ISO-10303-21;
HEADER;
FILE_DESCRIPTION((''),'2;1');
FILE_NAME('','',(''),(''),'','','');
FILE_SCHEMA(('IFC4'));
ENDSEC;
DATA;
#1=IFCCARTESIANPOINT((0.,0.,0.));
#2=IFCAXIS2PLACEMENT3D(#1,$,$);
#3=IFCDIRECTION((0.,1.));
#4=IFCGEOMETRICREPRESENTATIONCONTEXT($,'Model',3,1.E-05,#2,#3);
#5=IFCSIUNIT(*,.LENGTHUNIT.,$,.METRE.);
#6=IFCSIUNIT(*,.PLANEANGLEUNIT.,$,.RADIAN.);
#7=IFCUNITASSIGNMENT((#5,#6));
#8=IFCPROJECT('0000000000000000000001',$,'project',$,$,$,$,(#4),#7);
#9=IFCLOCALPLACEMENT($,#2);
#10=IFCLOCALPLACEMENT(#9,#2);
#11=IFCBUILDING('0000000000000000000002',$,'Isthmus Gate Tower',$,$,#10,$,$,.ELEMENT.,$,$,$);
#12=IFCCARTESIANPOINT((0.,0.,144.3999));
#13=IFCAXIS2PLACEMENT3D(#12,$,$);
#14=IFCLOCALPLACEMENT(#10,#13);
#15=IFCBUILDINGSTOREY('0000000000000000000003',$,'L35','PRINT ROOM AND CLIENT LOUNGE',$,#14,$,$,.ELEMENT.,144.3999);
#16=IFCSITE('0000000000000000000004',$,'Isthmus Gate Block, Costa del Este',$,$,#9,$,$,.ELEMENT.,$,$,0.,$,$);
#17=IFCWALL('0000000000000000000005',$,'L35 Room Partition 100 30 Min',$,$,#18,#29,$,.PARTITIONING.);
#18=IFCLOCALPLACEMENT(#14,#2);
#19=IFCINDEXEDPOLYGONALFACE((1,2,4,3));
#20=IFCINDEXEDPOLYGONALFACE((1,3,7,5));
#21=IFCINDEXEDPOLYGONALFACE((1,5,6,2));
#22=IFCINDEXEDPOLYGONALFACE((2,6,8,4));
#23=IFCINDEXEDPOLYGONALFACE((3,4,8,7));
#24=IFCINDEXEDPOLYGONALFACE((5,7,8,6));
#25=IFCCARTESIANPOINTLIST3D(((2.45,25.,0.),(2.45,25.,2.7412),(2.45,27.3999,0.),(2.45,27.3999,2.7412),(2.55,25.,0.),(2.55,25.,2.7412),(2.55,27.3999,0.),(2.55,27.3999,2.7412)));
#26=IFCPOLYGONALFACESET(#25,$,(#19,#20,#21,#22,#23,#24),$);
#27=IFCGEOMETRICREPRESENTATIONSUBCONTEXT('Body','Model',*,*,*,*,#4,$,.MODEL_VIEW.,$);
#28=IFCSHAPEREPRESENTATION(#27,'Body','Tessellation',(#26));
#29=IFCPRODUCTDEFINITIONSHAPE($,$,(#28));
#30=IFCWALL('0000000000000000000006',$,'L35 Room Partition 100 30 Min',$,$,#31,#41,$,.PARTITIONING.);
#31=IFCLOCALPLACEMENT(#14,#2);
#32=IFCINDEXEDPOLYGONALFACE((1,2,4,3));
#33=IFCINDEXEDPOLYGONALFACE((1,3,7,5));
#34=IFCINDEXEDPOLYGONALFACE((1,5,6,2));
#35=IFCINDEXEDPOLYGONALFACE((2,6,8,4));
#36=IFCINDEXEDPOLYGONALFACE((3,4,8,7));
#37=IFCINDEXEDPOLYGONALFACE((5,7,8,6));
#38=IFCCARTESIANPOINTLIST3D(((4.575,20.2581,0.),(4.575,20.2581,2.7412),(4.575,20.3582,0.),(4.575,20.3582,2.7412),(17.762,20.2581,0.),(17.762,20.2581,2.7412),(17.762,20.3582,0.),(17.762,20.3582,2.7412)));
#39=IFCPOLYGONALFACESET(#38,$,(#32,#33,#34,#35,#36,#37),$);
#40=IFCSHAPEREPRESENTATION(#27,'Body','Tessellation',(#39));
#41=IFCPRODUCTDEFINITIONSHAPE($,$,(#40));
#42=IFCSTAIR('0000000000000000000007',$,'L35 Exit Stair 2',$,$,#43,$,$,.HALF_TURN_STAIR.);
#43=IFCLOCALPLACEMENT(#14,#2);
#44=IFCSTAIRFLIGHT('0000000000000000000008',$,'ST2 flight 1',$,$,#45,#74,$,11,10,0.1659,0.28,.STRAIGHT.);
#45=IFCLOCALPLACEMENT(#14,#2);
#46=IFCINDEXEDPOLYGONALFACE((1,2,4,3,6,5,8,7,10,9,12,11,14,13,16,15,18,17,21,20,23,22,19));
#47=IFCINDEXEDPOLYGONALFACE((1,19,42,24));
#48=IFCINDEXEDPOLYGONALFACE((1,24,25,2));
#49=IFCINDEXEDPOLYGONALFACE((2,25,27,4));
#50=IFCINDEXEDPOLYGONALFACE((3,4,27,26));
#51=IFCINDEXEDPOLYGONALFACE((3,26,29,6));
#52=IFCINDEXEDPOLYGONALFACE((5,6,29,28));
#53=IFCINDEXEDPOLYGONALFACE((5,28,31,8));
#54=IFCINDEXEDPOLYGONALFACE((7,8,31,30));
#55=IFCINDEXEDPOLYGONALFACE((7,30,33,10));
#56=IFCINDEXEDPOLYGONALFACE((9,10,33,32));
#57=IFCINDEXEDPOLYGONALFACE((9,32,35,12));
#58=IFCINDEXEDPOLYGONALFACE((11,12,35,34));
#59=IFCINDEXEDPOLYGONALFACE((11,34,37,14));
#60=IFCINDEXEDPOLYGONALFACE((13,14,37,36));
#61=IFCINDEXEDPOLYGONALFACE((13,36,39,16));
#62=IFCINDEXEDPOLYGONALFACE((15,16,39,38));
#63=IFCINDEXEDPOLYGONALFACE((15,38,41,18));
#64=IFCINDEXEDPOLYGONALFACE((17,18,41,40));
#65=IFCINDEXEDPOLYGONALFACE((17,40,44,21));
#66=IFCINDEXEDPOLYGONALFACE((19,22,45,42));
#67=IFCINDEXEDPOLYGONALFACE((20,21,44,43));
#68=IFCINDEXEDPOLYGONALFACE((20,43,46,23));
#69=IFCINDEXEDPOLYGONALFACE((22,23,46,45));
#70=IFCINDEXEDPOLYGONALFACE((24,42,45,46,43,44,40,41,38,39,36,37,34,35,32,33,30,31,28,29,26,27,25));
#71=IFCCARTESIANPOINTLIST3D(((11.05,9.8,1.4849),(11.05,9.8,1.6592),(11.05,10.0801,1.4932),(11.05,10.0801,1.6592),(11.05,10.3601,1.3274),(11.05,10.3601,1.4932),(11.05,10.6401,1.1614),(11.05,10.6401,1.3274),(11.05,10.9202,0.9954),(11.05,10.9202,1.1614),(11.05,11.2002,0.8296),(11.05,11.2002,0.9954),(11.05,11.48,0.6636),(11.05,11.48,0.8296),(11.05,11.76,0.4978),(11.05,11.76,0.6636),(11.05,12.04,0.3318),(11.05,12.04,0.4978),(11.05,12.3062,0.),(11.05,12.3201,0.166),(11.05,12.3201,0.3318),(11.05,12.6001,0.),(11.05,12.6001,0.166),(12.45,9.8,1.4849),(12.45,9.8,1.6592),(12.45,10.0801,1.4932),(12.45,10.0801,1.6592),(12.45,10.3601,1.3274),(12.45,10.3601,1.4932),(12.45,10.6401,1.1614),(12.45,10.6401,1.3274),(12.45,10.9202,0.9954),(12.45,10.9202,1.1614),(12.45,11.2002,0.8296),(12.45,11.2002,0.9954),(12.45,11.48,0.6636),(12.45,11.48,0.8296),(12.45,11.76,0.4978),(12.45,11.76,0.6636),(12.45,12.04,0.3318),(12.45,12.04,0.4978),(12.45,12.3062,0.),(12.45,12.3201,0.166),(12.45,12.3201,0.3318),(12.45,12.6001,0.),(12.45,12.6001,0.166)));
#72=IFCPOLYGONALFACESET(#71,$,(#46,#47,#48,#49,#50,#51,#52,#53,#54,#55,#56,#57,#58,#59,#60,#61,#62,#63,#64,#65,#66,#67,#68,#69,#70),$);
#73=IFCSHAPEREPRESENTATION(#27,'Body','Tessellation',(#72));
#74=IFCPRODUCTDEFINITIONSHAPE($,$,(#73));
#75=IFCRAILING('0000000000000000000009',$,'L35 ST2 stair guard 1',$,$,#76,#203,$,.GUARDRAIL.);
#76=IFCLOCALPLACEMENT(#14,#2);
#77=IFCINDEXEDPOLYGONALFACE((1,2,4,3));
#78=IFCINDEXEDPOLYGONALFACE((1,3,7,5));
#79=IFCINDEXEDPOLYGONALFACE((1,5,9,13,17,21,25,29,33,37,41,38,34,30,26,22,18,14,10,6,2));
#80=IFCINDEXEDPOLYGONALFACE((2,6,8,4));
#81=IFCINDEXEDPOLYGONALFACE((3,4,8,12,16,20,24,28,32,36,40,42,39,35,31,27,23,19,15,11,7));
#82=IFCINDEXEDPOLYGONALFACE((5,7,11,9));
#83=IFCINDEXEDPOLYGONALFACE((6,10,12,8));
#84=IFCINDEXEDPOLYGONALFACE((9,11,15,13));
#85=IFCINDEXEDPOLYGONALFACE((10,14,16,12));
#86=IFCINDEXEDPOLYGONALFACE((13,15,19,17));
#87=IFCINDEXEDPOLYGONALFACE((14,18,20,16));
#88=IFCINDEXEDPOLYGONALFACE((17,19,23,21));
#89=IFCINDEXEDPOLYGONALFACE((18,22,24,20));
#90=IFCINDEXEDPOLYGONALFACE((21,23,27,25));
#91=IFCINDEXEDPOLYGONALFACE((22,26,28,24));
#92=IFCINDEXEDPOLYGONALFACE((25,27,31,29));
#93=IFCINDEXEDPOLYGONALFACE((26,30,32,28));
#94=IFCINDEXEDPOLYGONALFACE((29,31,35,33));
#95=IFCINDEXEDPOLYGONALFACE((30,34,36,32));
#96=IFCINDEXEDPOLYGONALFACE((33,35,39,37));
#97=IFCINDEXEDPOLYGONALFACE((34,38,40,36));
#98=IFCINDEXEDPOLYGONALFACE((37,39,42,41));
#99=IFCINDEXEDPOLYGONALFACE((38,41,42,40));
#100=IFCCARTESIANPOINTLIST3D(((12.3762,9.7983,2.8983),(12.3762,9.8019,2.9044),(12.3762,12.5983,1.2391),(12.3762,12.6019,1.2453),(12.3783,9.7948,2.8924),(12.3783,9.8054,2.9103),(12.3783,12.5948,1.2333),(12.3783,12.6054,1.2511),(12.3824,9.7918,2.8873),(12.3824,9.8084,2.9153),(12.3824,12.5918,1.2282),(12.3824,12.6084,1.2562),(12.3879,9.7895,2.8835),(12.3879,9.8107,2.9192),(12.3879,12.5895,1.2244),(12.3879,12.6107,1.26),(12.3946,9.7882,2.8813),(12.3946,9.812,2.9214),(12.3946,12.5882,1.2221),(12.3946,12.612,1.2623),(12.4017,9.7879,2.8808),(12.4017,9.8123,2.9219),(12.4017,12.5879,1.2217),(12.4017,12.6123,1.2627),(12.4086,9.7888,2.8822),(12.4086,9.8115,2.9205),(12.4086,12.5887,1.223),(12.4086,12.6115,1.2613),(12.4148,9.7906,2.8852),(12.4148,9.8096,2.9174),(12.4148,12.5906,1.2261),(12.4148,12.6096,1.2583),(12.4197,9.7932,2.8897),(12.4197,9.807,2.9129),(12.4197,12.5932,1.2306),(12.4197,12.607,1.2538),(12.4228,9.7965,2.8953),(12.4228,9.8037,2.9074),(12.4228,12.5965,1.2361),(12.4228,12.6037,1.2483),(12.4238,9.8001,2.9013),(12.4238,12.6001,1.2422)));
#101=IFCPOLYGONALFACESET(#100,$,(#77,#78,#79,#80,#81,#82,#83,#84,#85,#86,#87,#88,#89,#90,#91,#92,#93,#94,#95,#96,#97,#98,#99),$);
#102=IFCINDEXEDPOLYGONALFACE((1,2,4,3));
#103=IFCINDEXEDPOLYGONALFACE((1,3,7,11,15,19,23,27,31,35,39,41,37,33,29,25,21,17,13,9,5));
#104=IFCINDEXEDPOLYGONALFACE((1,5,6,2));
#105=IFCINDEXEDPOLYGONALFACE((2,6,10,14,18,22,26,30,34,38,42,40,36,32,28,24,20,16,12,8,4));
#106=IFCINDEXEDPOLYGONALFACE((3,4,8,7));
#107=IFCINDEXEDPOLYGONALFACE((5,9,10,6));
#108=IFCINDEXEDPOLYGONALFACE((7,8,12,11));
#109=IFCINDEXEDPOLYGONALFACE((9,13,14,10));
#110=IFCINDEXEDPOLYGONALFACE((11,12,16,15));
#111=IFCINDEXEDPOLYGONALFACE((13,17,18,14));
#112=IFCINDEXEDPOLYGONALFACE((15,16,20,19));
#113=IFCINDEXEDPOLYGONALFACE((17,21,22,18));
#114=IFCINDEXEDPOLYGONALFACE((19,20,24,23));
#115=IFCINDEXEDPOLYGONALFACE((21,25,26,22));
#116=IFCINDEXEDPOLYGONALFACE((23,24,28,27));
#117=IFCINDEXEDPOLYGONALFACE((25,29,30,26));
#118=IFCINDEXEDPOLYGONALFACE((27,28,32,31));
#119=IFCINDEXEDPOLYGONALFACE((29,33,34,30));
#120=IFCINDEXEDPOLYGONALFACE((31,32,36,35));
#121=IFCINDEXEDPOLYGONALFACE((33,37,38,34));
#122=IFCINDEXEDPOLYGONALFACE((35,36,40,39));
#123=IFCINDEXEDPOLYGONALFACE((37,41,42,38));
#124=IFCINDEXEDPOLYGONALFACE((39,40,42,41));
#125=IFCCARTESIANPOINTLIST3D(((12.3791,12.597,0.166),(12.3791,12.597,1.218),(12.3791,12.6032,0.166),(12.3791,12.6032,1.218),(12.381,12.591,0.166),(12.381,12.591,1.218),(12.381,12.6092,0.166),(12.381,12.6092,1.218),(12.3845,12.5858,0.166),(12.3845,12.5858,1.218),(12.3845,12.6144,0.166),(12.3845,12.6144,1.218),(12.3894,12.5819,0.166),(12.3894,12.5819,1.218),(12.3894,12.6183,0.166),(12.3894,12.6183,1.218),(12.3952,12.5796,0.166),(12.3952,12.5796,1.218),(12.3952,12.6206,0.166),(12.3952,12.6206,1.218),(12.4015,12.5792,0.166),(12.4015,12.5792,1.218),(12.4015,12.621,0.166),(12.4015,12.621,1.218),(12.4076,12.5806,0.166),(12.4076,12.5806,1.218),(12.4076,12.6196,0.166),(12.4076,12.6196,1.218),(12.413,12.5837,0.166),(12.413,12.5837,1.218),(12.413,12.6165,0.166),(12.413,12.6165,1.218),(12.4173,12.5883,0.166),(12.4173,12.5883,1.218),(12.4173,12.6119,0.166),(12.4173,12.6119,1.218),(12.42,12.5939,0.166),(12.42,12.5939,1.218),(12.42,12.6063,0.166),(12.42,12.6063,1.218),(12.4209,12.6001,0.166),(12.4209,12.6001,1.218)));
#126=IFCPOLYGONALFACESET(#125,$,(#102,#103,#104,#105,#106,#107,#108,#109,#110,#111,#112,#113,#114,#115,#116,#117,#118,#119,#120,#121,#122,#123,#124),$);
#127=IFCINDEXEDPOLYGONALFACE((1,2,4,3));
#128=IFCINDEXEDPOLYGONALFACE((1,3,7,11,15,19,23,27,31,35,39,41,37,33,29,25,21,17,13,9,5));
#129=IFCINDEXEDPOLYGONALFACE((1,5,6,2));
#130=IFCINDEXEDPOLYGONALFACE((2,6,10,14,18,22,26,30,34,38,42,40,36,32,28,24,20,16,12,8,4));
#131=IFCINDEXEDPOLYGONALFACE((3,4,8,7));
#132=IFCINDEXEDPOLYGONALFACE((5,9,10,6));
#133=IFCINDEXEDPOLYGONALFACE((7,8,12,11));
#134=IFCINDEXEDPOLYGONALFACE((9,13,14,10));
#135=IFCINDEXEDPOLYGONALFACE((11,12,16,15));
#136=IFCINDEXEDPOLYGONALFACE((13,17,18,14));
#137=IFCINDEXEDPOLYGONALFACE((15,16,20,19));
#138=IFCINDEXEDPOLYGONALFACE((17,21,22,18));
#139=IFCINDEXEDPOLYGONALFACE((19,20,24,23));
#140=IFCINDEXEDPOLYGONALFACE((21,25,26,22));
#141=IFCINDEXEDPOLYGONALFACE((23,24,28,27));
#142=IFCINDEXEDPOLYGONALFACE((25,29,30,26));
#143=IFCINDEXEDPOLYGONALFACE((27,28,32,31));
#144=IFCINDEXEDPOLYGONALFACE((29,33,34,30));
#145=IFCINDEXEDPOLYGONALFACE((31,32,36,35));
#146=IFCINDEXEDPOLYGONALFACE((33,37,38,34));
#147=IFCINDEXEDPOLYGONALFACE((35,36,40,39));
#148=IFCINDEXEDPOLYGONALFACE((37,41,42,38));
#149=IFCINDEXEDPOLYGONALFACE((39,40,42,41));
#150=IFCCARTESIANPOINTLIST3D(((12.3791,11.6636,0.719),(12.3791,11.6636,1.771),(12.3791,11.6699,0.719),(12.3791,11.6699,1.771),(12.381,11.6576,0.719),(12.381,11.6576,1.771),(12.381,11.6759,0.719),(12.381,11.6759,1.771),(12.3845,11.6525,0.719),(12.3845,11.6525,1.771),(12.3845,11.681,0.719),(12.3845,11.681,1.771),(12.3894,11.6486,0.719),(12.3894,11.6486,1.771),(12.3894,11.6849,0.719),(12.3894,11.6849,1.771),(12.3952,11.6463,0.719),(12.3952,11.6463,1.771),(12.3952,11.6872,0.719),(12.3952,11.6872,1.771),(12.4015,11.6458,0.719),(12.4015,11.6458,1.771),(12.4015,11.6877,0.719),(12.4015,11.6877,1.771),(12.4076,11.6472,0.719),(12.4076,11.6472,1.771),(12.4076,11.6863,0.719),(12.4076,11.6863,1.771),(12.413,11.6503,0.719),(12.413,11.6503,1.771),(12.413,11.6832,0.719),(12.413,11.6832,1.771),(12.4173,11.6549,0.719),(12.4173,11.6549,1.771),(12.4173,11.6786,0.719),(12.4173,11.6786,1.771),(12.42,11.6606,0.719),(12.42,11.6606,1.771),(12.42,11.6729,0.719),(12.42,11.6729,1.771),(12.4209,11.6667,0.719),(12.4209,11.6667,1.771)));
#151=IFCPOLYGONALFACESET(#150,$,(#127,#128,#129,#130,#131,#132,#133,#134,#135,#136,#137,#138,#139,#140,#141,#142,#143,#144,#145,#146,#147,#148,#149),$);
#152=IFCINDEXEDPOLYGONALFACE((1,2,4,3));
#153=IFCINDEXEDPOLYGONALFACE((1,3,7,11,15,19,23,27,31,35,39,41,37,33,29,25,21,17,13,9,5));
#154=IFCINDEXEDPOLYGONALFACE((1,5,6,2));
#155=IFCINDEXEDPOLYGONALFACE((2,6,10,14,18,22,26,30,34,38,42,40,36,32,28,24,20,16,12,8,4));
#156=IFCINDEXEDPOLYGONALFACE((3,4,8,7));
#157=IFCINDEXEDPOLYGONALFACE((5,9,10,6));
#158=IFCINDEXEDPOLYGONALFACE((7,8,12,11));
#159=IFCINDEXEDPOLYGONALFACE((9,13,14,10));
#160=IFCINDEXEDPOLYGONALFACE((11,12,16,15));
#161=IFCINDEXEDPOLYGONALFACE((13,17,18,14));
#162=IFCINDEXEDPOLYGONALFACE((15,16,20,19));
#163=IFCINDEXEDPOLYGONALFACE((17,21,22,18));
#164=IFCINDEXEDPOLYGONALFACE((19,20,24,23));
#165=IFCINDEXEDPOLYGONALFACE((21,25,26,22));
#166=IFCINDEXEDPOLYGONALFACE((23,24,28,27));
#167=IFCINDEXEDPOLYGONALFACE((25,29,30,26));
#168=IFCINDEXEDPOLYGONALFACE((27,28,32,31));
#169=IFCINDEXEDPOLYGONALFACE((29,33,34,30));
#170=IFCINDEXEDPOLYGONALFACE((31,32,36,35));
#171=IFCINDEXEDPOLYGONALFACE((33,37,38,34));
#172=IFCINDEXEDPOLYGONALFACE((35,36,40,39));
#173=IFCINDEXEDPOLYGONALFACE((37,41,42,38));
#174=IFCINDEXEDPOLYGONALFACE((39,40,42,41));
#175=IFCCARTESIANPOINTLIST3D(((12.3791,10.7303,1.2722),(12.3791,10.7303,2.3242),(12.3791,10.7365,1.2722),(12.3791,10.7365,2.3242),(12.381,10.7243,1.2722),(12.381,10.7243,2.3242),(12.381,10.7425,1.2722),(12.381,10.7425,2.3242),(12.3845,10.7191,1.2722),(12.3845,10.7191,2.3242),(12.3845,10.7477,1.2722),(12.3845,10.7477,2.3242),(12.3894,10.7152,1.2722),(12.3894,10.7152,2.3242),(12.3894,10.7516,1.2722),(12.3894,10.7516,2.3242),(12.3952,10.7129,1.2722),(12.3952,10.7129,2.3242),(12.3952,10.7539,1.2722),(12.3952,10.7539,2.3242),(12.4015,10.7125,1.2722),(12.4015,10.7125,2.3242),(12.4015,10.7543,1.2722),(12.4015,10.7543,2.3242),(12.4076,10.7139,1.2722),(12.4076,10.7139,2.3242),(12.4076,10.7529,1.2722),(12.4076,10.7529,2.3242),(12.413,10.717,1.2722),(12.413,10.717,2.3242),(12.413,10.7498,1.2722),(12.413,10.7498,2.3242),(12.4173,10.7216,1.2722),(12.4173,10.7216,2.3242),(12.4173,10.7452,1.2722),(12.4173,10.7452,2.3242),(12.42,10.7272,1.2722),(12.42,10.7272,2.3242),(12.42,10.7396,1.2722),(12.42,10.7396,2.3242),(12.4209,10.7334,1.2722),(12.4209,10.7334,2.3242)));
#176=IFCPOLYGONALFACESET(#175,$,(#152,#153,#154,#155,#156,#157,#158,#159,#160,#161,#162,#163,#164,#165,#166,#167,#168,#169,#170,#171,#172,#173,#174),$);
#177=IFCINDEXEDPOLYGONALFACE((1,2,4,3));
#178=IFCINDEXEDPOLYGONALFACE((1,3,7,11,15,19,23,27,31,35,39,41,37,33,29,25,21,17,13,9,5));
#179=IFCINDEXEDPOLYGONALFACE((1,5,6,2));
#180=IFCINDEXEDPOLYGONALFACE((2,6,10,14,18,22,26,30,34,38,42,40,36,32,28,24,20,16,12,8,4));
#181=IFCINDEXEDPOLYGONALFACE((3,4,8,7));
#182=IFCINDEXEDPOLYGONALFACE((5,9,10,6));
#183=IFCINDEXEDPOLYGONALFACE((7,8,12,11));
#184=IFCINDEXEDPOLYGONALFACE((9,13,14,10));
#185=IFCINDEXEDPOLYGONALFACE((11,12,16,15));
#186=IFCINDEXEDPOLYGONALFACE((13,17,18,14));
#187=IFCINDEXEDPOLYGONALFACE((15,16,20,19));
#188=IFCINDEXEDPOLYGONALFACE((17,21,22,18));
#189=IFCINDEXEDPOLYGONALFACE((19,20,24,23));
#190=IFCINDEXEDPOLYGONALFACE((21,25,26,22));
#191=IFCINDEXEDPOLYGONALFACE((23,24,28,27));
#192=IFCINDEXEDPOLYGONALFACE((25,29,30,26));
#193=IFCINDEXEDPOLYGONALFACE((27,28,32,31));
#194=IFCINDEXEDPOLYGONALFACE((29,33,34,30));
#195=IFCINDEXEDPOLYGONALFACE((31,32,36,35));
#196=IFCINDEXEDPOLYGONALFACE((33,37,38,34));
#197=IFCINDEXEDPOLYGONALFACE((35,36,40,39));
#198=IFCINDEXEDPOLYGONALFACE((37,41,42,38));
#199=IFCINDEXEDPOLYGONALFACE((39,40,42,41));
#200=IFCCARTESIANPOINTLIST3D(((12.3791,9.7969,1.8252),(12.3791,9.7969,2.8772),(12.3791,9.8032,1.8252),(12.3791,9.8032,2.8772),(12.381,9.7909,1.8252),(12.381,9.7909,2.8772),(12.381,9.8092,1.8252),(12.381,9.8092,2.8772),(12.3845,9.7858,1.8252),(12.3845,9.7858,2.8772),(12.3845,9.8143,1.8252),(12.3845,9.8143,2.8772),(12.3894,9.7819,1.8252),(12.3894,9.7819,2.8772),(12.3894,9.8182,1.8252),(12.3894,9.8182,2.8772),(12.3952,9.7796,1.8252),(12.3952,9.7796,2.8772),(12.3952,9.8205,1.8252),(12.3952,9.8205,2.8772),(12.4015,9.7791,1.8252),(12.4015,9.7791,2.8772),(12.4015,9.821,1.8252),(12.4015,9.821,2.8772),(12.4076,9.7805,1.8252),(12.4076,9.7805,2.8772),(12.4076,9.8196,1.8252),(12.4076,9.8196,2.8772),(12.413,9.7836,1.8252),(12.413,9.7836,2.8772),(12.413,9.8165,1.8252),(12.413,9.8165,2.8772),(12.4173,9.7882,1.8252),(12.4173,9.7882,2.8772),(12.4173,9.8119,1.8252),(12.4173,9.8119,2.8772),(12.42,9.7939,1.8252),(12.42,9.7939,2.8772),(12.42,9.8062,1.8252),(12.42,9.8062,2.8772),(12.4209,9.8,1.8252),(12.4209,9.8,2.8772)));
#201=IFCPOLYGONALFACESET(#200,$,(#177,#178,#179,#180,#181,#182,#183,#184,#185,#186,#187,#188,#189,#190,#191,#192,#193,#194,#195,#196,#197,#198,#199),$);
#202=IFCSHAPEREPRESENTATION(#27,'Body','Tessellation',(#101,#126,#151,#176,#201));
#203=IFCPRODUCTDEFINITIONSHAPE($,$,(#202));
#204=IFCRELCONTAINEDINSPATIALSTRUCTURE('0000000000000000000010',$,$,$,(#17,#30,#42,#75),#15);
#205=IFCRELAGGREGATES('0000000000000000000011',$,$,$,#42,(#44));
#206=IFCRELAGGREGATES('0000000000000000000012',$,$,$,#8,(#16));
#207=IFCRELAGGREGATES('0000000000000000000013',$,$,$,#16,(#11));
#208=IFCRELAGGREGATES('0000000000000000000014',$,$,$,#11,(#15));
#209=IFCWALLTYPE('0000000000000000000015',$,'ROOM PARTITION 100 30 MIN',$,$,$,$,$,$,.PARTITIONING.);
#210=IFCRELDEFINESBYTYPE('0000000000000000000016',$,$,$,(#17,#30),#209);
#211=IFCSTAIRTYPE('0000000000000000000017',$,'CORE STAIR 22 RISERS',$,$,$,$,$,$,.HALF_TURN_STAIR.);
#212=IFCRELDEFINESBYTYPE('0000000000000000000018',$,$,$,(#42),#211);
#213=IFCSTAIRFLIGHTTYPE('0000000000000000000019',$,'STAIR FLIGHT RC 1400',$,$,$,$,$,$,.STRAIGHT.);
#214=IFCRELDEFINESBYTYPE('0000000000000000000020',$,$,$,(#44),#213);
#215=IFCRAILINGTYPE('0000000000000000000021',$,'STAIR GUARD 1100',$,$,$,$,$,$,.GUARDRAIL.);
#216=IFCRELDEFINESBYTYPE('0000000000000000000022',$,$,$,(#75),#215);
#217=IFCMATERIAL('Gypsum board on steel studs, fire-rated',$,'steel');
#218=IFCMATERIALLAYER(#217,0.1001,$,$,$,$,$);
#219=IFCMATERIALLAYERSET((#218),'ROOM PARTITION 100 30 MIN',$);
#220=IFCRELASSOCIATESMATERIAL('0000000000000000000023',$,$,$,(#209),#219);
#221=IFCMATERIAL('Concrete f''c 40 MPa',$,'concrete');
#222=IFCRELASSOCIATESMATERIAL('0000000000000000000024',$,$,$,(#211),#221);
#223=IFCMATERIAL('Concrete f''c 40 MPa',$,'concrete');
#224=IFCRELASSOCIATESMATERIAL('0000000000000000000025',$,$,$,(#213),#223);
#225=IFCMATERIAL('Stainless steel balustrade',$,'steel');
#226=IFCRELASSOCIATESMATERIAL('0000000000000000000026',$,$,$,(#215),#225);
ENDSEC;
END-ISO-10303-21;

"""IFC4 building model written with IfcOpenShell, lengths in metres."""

from ifc_helpers import new_model, si_unit, direction, frame, frame_2d, origin, origin_2d, place, context, subcontext, project, spatial, polyline, rectangle, circle, outline, extrude, material, layer, layer_set, type_object, element, aggregate, save


model = new_model("IFC4")

# Units and contexts
model_context = context("Model", 3, precision=1e-05, world=origin(), true_north=direction((0.0, 1.0)))
body_context = subcontext(model_context, "Body", "Model", "MODEL_VIEW")
ifc_project = project(units=[si_unit("LENGTHUNIT", "METRE"), si_unit("PLANEANGLEUNIT", "RADIAN")], contexts=[model_context])

# Site, building, storey
site_placement = place(None, origin())
site = spatial("IfcSite", under=ifc_project, at=site_placement, Name="Isthmus Gate Block, Costa del Este", CompositionType="ELEMENT", RefElevation=0.0)
building_placement = place(site_placement, origin())
building = spatial("IfcBuilding", under=site, at=building_placement, Name="Isthmus Gate Tower", CompositionType="ELEMENT")
storey_placement = place(building_placement, frame((0.0, 0.0, 144.3999)))
storey = spatial("IfcBuildingStorey", under=building, at=storey_placement, Name="L35", Description="PRINT ROOM AND CLIENT LOUNGE", CompositionType="ELEMENT", Elevation=144.3999)

# Walls
ifc_material_1 = material(Name="Gypsum board on steel studs, fire-rated", Category="steel")
ifc_layer_1 = layer(ifc_material_1, 0.1001)
ifc_layer_set_1 = layer_set([ifc_layer_1], Name="ROOM PARTITION 100 30 MIN")
wall_type_1 = type_object("IfcWallType", Name="ROOM PARTITION 100 30 MIN", PredefinedType="PARTITIONING", material=ifc_layer_set_1)
wall_1_placement = place(storey_placement, frame((2.5, 25.0, 0.0), z_axis=(0.0, 0.0, 1.0), x_axis=(0.0, 1.0, 0.0)))
element("IfcWall", 1, at=wall_1_placement, inside=storey, type_object=wall_type_1, Name="L35 Room Partition 100 30 Min", PredefinedType="PARTITIONING", context=body_context, shape_type="SweptSolid", body=[
    extrude(rectangle(XDim=2.3999, YDim=0.1001, at=frame_2d((1.2, 0.0))), origin(), (0.0, 0.0, 1.0), 2.7412),
])
wall_2_placement = place(storey_placement, frame((4.575, 20.3081, 0.0), z_axis=(0.0, 0.0, 1.0), x_axis=(1.0, 0.0, 0.0)))
element("IfcWall", 2, at=wall_2_placement, inside=storey, type_object=wall_type_1, Name="L35 Room Partition 100 30 Min", PredefinedType="PARTITIONING", context=body_context, shape_type="SweptSolid", body=[
    extrude(rectangle(XDim=13.187, YDim=0.1001, at=frame_2d((6.5935, 0.0))), origin(), (0.0, 0.0, 1.0), 2.7412),
])

# Stair, stair flight
ifc_material_2 = material(Name="Concrete f'c 40 MPa", Category="concrete")
stair_type = type_object("IfcStairType", Name="CORE STAIR 22 RISERS", PredefinedType="HALF_TURN_STAIR", material=ifc_material_2)
stair_placement = place(storey_placement, origin())
stair = element("IfcStair", 3, at=stair_placement, inside=storey, type_object=stair_type, Name="L35 Exit Stair 2", PredefinedType="HALF_TURN_STAIR")
ifc_material_3 = material(Name="Concrete f'c 40 MPa", Category="concrete")
stair_flight_type = type_object("IfcStairFlightType", Name="STAIR FLIGHT RC 1400", PredefinedType="STRAIGHT", material=ifc_material_3)
stair_flight_placement = place(storey_placement, frame((11.75, 12.6001, 0.0), z_axis=(0.0, 0.0, 1.0), x_axis=(0.0, -1.0, 0.0)))
stair_flight = element("IfcStairFlight", 4, at=stair_flight_placement, type_object=stair_flight_type, Name="ST2 flight 1", NumberOfRisers=11, NumberOfTreads=10, PredefinedType="STRAIGHT", RiserHeight=0.1659, TreadLength=0.28, context=body_context, shape_type="SweptSolid", body=[
    extrude(outline(polyline([(0.0, 0.0), (0.0, 0.166), (0.28, 0.166), (0.28, 0.3318), (0.5601, 0.3318), (0.5601, 0.4978), (0.8401, 0.4978), (0.8401, 0.6636), (1.1201, 0.6636), (1.1201, 0.8296), (1.3999, 0.8296), (1.3999, 0.9954), (1.6799, 0.9954), (1.6799, 1.1614), (1.96, 1.1614), (1.96, 1.3274), (2.24, 1.3274), (2.24, 1.4932), (2.52, 1.4932), (2.52, 1.6592), (2.8, 1.6592), (2.8, 1.825), (2.8, 1.4849), (0.2939, 0.0), (0.0, 0.0)])), frame((0.0, 0.7, 0.0), z_axis=(0.0, -1.0, 0.0), x_axis=(1.0, 0.0, 0.0)), (0.0, 0.0, 1.0), 1.3999),
])
aggregate(stair, [stair_flight])

# Railing
ifc_material_4 = material(Name="Stainless steel balustrade", Category="steel")
railing_type = type_object("IfcRailingType", Name="STAIR GUARD 1100", PredefinedType="GUARDRAIL", material=ifc_material_4)
railing_1_placement = place(storey_placement, frame((12.3999, 12.6001, 0.166)))
element("IfcRailing", 5, at=railing_1_placement, inside=storey, type_object=railing_type, Name="L35 ST2 stair guard 1", PredefinedType="GUARDRAIL", context=body_context, shape_type="SweptSolid", body=[
    extrude(circle(Radius=0.0239, at=origin_2d()), frame((0.0, 0.0, 1.0762), z_axis=(0.0, -0.860306, 0.509778), x_axis=(1.0, 0.0, 0.0)), (0.0, 0.0, 1.0), 3.2546),
    extrude(circle(Radius=0.021, at=origin_2d()), origin(), (0.0, 0.0, 1.0), 1.052),
    extrude(circle(Radius=0.021, at=origin_2d()), frame((0.0, -0.9333, 0.553)), (0.0, 0.0, 1.0), 1.052),
    extrude(circle(Radius=0.021, at=origin_2d()), frame((0.0, -1.8667, 1.1062)), (0.0, 0.0, 1.0), 1.052),
    extrude(circle(Radius=0.021, at=origin_2d()), frame((0.0, -2.8, 1.6592)), (0.0, 0.0, 1.0), 1.052),
])

save(model, "model.ifc")
